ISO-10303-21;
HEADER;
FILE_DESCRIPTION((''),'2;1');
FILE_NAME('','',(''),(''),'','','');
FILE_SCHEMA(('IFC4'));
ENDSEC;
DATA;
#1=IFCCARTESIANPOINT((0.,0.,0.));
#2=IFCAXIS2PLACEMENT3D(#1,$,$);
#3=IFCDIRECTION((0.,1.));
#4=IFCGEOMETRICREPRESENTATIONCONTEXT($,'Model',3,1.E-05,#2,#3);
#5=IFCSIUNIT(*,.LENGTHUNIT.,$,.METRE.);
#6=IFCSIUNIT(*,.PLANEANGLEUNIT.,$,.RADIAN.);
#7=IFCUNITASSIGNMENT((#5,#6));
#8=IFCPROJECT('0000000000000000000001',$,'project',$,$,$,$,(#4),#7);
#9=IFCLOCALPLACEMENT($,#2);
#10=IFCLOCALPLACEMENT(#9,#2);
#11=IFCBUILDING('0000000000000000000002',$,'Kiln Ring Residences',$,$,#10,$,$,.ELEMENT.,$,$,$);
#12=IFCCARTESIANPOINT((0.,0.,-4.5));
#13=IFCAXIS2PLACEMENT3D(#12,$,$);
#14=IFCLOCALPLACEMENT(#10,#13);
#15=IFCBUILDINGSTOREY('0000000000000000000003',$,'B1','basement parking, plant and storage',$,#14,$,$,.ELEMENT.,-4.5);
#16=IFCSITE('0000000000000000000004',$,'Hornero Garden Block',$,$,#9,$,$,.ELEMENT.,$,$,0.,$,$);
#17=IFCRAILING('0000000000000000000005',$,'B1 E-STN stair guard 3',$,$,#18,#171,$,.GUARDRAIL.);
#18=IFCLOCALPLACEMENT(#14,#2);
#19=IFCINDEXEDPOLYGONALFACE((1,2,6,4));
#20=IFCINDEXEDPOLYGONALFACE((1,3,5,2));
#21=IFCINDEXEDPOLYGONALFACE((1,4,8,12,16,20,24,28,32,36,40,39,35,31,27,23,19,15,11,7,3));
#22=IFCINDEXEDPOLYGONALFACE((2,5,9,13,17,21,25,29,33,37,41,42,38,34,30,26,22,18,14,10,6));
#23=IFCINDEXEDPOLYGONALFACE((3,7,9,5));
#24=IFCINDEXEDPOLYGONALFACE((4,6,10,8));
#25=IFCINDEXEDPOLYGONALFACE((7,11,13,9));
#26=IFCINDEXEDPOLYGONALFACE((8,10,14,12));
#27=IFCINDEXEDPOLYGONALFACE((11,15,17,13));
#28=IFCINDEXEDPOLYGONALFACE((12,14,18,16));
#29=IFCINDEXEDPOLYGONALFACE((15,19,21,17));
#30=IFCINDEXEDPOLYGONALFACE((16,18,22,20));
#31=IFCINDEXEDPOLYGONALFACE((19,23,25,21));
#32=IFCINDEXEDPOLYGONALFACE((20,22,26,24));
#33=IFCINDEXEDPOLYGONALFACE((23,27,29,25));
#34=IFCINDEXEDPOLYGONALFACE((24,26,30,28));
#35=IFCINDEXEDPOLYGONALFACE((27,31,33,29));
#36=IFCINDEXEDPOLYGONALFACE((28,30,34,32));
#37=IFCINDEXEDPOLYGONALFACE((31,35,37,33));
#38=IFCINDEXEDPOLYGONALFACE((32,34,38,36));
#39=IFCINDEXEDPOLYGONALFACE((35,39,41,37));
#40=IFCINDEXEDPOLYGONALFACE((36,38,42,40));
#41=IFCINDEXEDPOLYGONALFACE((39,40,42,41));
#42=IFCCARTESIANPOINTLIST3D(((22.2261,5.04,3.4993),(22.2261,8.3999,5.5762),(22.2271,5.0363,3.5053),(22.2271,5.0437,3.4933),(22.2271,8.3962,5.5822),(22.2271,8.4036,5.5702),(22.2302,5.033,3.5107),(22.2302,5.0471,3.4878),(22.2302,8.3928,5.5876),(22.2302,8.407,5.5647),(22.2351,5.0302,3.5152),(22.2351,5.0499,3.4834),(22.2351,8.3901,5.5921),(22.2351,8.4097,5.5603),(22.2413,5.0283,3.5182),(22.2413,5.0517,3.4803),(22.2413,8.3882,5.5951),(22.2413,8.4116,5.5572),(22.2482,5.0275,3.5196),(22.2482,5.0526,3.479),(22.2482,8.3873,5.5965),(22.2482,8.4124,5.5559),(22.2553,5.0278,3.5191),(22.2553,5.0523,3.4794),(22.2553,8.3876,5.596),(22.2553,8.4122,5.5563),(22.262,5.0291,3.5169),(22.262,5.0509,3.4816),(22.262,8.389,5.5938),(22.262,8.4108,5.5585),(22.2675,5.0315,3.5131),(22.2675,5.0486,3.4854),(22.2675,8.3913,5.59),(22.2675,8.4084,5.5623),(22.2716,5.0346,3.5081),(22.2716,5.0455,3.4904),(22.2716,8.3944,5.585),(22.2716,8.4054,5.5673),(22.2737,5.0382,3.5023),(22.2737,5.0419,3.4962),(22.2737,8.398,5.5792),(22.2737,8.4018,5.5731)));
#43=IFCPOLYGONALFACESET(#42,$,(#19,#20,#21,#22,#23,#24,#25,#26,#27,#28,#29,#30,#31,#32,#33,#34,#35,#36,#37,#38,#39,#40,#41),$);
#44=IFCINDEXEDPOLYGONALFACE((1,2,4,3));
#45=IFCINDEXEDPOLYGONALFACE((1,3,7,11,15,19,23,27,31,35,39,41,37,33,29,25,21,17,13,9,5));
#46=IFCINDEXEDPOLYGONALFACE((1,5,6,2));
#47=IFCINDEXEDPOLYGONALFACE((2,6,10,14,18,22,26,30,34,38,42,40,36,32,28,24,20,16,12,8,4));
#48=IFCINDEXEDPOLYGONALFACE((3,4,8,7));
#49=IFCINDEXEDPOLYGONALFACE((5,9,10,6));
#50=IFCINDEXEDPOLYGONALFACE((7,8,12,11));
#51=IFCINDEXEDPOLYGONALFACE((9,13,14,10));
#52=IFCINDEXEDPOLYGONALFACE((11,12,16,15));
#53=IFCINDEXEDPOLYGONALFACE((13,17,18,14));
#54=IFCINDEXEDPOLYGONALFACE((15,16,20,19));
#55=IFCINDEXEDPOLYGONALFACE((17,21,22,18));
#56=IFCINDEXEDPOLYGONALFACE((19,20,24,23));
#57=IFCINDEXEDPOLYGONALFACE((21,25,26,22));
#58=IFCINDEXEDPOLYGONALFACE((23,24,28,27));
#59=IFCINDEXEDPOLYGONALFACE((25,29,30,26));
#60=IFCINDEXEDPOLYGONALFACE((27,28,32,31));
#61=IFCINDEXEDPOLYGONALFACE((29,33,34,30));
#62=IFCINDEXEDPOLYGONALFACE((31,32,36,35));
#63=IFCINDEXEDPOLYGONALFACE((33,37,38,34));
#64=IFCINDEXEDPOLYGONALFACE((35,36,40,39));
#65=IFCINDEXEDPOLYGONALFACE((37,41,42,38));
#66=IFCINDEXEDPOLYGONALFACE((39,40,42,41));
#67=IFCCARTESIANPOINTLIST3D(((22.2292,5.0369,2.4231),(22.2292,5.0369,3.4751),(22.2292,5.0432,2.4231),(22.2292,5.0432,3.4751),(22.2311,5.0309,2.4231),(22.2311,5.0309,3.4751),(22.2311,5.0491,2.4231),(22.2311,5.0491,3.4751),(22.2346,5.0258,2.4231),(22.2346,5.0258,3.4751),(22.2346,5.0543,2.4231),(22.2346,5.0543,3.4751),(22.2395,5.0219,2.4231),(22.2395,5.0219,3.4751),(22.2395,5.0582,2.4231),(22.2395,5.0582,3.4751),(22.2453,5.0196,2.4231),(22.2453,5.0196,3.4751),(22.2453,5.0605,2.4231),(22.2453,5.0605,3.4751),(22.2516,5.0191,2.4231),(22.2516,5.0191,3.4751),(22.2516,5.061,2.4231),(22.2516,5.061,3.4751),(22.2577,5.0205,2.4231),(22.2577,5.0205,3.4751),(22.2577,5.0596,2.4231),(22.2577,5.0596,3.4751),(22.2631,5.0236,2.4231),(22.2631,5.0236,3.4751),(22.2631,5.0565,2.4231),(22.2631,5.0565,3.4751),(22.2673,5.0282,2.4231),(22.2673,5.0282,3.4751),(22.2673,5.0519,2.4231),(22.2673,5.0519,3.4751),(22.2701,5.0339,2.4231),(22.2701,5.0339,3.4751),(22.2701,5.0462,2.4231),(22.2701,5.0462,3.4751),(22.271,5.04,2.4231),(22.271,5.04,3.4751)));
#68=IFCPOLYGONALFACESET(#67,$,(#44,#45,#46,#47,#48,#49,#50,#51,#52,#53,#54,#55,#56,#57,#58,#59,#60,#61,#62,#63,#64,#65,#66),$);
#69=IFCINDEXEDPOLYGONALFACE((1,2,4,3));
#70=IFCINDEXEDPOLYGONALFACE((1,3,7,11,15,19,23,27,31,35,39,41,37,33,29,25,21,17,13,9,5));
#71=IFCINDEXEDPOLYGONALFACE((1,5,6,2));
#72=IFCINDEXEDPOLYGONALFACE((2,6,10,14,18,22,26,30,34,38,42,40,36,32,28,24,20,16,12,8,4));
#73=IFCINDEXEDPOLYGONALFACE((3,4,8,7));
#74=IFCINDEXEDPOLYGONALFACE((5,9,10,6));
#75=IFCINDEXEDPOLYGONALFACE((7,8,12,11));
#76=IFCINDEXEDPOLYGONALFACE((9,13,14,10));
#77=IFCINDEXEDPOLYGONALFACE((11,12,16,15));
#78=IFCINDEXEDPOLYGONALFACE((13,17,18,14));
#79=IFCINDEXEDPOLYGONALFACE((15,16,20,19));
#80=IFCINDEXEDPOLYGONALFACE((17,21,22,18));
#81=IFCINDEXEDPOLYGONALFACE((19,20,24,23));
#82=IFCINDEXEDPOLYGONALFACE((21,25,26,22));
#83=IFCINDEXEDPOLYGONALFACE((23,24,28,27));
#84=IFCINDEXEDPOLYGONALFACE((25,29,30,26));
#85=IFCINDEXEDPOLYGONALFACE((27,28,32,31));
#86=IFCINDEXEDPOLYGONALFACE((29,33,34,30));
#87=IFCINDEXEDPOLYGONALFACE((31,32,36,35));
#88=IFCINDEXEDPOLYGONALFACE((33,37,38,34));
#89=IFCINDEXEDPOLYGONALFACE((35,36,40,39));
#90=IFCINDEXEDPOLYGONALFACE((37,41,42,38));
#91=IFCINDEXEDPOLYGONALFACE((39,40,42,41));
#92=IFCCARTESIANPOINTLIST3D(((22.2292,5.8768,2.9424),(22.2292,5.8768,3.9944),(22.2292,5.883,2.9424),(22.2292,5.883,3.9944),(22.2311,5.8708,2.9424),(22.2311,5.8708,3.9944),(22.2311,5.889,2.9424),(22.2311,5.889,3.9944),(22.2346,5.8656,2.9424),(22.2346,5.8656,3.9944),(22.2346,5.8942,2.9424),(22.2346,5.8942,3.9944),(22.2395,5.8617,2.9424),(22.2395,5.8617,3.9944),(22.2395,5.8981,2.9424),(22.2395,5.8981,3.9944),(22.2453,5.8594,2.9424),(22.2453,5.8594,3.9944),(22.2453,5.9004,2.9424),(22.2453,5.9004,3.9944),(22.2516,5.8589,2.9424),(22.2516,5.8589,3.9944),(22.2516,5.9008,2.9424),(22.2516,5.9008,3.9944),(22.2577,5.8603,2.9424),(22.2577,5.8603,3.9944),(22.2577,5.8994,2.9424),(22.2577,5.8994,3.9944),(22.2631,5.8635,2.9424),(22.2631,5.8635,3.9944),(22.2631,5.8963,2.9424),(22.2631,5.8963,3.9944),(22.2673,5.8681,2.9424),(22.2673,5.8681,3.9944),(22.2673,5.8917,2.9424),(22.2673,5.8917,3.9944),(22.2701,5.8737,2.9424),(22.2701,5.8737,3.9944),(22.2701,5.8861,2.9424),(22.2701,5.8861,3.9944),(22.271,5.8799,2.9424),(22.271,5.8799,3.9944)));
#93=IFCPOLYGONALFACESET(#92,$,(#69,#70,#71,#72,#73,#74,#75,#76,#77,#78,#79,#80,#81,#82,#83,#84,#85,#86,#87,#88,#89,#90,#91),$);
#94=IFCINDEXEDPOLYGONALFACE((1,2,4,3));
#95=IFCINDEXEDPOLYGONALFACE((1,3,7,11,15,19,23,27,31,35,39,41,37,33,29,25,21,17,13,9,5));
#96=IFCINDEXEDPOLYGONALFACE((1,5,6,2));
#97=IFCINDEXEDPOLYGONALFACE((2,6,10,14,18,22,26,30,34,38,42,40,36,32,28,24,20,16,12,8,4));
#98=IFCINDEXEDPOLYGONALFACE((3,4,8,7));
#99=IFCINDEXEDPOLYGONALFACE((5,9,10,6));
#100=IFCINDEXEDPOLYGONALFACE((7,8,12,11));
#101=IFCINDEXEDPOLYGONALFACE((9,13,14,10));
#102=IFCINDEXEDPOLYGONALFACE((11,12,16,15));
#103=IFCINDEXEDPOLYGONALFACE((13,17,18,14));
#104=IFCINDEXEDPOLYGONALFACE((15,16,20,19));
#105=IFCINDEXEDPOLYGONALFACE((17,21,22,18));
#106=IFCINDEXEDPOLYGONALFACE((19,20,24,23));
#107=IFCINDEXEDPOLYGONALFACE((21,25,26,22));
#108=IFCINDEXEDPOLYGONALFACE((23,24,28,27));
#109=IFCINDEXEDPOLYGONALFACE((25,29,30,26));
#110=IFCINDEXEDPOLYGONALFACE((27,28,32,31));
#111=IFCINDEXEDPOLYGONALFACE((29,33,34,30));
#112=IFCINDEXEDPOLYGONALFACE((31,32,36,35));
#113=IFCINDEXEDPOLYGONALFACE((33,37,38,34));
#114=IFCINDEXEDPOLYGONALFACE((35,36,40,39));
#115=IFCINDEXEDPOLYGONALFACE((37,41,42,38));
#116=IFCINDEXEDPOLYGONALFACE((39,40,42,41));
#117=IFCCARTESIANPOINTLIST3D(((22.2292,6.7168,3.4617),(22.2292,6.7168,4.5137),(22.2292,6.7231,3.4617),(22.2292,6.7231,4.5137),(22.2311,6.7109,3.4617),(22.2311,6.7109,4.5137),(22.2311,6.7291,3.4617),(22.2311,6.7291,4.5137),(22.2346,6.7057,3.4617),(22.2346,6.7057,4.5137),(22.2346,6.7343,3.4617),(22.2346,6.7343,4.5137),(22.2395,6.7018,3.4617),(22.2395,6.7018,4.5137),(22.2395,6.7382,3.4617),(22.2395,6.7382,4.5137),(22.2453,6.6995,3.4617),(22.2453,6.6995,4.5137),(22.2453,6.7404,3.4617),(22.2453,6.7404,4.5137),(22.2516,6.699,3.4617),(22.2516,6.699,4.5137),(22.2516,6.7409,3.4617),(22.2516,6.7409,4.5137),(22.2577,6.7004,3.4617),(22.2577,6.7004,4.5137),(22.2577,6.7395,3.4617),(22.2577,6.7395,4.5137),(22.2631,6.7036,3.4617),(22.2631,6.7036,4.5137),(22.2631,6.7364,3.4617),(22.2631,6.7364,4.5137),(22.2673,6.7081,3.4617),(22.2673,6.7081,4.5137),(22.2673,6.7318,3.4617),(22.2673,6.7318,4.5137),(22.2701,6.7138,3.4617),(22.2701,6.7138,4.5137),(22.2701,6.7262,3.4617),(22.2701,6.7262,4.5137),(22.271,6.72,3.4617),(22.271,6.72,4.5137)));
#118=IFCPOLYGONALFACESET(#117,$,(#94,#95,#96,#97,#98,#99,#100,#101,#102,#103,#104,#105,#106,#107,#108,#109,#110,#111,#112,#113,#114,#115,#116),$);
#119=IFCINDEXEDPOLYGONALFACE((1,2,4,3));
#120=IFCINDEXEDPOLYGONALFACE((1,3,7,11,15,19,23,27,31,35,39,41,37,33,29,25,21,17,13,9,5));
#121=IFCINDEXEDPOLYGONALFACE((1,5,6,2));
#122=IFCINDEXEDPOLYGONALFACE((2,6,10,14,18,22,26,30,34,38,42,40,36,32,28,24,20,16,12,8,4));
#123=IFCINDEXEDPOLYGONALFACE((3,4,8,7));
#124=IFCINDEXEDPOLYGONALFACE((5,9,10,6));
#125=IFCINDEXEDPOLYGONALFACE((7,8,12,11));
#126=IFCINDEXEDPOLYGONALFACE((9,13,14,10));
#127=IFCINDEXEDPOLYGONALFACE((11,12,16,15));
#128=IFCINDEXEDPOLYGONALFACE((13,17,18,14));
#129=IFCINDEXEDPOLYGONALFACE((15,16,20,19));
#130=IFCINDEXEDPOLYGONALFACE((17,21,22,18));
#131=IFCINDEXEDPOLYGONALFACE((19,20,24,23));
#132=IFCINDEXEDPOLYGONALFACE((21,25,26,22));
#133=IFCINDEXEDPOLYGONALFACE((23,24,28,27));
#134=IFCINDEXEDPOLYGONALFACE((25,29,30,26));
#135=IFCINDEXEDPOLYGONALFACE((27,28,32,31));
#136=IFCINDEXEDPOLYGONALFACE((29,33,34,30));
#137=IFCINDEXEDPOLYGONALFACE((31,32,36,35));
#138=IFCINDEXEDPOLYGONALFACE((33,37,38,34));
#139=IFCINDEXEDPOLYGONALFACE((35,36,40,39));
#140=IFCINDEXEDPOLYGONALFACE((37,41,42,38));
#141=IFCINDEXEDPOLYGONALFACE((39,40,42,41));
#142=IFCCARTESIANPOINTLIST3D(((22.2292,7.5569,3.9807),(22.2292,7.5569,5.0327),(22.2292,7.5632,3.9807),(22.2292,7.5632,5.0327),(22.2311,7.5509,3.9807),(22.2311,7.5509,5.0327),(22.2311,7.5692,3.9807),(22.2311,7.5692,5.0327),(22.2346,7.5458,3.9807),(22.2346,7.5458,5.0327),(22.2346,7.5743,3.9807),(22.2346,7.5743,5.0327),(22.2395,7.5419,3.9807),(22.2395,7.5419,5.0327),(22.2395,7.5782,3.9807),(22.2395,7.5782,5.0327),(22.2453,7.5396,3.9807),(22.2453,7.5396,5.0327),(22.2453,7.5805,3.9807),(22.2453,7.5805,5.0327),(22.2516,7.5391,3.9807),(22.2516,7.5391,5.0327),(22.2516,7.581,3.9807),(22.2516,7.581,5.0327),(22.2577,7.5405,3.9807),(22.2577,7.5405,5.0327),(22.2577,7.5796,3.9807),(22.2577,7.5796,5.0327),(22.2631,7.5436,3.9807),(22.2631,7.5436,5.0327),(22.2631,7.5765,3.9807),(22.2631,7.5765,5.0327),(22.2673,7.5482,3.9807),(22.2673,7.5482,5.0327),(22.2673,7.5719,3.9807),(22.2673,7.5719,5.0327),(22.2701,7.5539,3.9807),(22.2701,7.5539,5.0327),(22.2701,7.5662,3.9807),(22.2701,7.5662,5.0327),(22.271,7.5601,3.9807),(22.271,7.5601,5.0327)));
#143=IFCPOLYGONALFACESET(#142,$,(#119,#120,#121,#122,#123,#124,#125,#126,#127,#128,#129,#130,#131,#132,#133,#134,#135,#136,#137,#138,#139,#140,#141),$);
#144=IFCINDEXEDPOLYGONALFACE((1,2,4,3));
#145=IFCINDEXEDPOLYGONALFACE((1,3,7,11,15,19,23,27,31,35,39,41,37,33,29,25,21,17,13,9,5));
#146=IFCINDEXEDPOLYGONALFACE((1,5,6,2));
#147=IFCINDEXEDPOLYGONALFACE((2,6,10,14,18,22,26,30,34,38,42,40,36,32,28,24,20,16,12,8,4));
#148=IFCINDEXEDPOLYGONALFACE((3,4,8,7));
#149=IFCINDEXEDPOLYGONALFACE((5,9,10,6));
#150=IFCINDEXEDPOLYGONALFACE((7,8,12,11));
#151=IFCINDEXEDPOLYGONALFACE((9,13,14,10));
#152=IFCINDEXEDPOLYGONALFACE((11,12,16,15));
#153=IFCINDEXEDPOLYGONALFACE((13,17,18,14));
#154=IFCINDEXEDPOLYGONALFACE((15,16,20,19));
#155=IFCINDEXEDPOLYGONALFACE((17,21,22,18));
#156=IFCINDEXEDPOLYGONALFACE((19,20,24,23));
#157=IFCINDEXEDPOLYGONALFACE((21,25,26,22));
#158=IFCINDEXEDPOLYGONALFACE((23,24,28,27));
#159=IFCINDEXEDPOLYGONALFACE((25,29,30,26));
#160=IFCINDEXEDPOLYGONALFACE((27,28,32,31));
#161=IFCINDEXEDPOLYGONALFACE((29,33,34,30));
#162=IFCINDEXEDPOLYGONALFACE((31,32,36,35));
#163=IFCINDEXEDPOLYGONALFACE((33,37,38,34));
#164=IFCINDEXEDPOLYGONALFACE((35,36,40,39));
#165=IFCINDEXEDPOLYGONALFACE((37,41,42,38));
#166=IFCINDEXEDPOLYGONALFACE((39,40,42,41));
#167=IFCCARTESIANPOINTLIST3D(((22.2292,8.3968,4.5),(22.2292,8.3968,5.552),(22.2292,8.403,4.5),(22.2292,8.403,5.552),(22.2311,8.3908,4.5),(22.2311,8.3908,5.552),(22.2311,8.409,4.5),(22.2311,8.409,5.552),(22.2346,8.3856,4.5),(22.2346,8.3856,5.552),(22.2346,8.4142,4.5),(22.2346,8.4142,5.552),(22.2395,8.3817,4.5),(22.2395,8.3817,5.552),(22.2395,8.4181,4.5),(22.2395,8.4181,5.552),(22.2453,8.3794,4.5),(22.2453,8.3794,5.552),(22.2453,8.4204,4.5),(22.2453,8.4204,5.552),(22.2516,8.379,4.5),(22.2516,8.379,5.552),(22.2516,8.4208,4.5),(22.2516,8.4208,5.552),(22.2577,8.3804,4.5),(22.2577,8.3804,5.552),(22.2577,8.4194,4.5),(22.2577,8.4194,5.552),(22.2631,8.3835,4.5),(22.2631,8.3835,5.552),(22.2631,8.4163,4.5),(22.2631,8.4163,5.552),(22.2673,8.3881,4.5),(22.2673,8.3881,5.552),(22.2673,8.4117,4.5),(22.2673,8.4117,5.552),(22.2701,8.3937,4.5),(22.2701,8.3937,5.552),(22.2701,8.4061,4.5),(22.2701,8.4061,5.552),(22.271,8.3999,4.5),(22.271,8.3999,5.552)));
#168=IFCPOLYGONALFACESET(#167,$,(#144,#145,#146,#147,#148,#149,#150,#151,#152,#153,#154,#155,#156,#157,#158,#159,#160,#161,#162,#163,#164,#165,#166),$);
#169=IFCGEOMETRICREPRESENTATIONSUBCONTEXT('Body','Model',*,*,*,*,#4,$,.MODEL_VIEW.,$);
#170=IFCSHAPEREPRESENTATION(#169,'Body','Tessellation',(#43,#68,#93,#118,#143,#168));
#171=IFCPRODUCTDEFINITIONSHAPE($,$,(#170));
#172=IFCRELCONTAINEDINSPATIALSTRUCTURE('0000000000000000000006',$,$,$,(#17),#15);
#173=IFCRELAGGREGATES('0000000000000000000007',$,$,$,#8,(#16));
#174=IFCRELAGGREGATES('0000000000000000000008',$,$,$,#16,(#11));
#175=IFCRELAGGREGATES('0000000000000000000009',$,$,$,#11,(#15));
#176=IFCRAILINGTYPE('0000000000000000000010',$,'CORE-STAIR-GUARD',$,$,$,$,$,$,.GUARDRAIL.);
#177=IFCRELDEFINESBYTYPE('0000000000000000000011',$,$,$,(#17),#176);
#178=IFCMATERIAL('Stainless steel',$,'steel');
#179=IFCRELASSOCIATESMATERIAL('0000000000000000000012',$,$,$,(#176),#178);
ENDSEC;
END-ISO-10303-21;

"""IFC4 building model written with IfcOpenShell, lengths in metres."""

from ifc_helpers import new_model, si_unit, direction, frame, origin, origin_2d, place, context, subcontext, project, spatial, circle, extrude, material, type_object, element, save


model = new_model("IFC4")

# Units and contexts
model_context = context("Model", 3, precision=1e-05, world=origin(), true_north=direction((0.0, 1.0)))
body_context = subcontext(model_context, "Body", "Model", "MODEL_VIEW")
ifc_project = project(units=[si_unit("LENGTHUNIT", "METRE"), si_unit("PLANEANGLEUNIT", "RADIAN")], contexts=[model_context])

# Site, building, storey
site_placement = place(None, origin())
site = spatial("IfcSite", under=ifc_project, at=site_placement, Name="Hornero Garden Block", CompositionType="ELEMENT", RefElevation=0.0)
building_placement = place(site_placement, origin())
building = spatial("IfcBuilding", under=site, at=building_placement, Name="Kiln Ring Residences", CompositionType="ELEMENT")
storey_placement = place(building_placement, frame((0.0, 0.0, -4.5)))
storey = spatial("IfcBuildingStorey", under=building, at=storey_placement, Name="B1", Description="basement parking, plant and storage", CompositionType="ELEMENT", Elevation=-4.5)

# Railing
ifc_material_1 = material(Name="Stainless steel", Category="steel")
railing_type_1 = type_object("IfcRailingType", Name="CORE-STAIR-GUARD", PredefinedType="GUARDRAIL", material=ifc_material_1)
railing_1_placement = place(storey_placement, frame((22.25, 5.04, 2.4231)))
element("IfcRailing", 1, at=railing_1_placement, inside=storey, type_object=railing_type_1, Name="B1 E-STN stair guard 3", PredefinedType="GUARDRAIL", context=body_context, shape_type="SweptSolid", body=[
    extrude(circle(Radius=0.0239, at=origin_2d()), frame((0.0, 0.0, 1.0762), z_axis=(0.0, 0.850606, 0.525803), x_axis=(-1.0, 0.0, 0.0)), (0.0, 0.0, 1.0), 3.95),
    extrude(circle(Radius=0.021, at=origin_2d()), origin(), (0.0, 0.0, 1.0), 1.052),
    extrude(circle(Radius=0.021, at=origin_2d()), frame((0.0, 0.8398, 0.5193)), (0.0, 0.0, 1.0), 1.052),
    extrude(circle(Radius=0.021, at=origin_2d()), frame((0.0, 1.6799, 1.0386)), (0.0, 0.0, 1.0), 1.052),
    extrude(circle(Radius=0.021, at=origin_2d()), frame((0.0, 2.52, 1.5576)), (0.0, 0.0, 1.0), 1.052),
    extrude(circle(Radius=0.021, at=origin_2d()), frame((0.0, 3.3599, 2.0769)), (0.0, 0.0, 1.0), 1.052),
])

save(model, "model.ifc")
